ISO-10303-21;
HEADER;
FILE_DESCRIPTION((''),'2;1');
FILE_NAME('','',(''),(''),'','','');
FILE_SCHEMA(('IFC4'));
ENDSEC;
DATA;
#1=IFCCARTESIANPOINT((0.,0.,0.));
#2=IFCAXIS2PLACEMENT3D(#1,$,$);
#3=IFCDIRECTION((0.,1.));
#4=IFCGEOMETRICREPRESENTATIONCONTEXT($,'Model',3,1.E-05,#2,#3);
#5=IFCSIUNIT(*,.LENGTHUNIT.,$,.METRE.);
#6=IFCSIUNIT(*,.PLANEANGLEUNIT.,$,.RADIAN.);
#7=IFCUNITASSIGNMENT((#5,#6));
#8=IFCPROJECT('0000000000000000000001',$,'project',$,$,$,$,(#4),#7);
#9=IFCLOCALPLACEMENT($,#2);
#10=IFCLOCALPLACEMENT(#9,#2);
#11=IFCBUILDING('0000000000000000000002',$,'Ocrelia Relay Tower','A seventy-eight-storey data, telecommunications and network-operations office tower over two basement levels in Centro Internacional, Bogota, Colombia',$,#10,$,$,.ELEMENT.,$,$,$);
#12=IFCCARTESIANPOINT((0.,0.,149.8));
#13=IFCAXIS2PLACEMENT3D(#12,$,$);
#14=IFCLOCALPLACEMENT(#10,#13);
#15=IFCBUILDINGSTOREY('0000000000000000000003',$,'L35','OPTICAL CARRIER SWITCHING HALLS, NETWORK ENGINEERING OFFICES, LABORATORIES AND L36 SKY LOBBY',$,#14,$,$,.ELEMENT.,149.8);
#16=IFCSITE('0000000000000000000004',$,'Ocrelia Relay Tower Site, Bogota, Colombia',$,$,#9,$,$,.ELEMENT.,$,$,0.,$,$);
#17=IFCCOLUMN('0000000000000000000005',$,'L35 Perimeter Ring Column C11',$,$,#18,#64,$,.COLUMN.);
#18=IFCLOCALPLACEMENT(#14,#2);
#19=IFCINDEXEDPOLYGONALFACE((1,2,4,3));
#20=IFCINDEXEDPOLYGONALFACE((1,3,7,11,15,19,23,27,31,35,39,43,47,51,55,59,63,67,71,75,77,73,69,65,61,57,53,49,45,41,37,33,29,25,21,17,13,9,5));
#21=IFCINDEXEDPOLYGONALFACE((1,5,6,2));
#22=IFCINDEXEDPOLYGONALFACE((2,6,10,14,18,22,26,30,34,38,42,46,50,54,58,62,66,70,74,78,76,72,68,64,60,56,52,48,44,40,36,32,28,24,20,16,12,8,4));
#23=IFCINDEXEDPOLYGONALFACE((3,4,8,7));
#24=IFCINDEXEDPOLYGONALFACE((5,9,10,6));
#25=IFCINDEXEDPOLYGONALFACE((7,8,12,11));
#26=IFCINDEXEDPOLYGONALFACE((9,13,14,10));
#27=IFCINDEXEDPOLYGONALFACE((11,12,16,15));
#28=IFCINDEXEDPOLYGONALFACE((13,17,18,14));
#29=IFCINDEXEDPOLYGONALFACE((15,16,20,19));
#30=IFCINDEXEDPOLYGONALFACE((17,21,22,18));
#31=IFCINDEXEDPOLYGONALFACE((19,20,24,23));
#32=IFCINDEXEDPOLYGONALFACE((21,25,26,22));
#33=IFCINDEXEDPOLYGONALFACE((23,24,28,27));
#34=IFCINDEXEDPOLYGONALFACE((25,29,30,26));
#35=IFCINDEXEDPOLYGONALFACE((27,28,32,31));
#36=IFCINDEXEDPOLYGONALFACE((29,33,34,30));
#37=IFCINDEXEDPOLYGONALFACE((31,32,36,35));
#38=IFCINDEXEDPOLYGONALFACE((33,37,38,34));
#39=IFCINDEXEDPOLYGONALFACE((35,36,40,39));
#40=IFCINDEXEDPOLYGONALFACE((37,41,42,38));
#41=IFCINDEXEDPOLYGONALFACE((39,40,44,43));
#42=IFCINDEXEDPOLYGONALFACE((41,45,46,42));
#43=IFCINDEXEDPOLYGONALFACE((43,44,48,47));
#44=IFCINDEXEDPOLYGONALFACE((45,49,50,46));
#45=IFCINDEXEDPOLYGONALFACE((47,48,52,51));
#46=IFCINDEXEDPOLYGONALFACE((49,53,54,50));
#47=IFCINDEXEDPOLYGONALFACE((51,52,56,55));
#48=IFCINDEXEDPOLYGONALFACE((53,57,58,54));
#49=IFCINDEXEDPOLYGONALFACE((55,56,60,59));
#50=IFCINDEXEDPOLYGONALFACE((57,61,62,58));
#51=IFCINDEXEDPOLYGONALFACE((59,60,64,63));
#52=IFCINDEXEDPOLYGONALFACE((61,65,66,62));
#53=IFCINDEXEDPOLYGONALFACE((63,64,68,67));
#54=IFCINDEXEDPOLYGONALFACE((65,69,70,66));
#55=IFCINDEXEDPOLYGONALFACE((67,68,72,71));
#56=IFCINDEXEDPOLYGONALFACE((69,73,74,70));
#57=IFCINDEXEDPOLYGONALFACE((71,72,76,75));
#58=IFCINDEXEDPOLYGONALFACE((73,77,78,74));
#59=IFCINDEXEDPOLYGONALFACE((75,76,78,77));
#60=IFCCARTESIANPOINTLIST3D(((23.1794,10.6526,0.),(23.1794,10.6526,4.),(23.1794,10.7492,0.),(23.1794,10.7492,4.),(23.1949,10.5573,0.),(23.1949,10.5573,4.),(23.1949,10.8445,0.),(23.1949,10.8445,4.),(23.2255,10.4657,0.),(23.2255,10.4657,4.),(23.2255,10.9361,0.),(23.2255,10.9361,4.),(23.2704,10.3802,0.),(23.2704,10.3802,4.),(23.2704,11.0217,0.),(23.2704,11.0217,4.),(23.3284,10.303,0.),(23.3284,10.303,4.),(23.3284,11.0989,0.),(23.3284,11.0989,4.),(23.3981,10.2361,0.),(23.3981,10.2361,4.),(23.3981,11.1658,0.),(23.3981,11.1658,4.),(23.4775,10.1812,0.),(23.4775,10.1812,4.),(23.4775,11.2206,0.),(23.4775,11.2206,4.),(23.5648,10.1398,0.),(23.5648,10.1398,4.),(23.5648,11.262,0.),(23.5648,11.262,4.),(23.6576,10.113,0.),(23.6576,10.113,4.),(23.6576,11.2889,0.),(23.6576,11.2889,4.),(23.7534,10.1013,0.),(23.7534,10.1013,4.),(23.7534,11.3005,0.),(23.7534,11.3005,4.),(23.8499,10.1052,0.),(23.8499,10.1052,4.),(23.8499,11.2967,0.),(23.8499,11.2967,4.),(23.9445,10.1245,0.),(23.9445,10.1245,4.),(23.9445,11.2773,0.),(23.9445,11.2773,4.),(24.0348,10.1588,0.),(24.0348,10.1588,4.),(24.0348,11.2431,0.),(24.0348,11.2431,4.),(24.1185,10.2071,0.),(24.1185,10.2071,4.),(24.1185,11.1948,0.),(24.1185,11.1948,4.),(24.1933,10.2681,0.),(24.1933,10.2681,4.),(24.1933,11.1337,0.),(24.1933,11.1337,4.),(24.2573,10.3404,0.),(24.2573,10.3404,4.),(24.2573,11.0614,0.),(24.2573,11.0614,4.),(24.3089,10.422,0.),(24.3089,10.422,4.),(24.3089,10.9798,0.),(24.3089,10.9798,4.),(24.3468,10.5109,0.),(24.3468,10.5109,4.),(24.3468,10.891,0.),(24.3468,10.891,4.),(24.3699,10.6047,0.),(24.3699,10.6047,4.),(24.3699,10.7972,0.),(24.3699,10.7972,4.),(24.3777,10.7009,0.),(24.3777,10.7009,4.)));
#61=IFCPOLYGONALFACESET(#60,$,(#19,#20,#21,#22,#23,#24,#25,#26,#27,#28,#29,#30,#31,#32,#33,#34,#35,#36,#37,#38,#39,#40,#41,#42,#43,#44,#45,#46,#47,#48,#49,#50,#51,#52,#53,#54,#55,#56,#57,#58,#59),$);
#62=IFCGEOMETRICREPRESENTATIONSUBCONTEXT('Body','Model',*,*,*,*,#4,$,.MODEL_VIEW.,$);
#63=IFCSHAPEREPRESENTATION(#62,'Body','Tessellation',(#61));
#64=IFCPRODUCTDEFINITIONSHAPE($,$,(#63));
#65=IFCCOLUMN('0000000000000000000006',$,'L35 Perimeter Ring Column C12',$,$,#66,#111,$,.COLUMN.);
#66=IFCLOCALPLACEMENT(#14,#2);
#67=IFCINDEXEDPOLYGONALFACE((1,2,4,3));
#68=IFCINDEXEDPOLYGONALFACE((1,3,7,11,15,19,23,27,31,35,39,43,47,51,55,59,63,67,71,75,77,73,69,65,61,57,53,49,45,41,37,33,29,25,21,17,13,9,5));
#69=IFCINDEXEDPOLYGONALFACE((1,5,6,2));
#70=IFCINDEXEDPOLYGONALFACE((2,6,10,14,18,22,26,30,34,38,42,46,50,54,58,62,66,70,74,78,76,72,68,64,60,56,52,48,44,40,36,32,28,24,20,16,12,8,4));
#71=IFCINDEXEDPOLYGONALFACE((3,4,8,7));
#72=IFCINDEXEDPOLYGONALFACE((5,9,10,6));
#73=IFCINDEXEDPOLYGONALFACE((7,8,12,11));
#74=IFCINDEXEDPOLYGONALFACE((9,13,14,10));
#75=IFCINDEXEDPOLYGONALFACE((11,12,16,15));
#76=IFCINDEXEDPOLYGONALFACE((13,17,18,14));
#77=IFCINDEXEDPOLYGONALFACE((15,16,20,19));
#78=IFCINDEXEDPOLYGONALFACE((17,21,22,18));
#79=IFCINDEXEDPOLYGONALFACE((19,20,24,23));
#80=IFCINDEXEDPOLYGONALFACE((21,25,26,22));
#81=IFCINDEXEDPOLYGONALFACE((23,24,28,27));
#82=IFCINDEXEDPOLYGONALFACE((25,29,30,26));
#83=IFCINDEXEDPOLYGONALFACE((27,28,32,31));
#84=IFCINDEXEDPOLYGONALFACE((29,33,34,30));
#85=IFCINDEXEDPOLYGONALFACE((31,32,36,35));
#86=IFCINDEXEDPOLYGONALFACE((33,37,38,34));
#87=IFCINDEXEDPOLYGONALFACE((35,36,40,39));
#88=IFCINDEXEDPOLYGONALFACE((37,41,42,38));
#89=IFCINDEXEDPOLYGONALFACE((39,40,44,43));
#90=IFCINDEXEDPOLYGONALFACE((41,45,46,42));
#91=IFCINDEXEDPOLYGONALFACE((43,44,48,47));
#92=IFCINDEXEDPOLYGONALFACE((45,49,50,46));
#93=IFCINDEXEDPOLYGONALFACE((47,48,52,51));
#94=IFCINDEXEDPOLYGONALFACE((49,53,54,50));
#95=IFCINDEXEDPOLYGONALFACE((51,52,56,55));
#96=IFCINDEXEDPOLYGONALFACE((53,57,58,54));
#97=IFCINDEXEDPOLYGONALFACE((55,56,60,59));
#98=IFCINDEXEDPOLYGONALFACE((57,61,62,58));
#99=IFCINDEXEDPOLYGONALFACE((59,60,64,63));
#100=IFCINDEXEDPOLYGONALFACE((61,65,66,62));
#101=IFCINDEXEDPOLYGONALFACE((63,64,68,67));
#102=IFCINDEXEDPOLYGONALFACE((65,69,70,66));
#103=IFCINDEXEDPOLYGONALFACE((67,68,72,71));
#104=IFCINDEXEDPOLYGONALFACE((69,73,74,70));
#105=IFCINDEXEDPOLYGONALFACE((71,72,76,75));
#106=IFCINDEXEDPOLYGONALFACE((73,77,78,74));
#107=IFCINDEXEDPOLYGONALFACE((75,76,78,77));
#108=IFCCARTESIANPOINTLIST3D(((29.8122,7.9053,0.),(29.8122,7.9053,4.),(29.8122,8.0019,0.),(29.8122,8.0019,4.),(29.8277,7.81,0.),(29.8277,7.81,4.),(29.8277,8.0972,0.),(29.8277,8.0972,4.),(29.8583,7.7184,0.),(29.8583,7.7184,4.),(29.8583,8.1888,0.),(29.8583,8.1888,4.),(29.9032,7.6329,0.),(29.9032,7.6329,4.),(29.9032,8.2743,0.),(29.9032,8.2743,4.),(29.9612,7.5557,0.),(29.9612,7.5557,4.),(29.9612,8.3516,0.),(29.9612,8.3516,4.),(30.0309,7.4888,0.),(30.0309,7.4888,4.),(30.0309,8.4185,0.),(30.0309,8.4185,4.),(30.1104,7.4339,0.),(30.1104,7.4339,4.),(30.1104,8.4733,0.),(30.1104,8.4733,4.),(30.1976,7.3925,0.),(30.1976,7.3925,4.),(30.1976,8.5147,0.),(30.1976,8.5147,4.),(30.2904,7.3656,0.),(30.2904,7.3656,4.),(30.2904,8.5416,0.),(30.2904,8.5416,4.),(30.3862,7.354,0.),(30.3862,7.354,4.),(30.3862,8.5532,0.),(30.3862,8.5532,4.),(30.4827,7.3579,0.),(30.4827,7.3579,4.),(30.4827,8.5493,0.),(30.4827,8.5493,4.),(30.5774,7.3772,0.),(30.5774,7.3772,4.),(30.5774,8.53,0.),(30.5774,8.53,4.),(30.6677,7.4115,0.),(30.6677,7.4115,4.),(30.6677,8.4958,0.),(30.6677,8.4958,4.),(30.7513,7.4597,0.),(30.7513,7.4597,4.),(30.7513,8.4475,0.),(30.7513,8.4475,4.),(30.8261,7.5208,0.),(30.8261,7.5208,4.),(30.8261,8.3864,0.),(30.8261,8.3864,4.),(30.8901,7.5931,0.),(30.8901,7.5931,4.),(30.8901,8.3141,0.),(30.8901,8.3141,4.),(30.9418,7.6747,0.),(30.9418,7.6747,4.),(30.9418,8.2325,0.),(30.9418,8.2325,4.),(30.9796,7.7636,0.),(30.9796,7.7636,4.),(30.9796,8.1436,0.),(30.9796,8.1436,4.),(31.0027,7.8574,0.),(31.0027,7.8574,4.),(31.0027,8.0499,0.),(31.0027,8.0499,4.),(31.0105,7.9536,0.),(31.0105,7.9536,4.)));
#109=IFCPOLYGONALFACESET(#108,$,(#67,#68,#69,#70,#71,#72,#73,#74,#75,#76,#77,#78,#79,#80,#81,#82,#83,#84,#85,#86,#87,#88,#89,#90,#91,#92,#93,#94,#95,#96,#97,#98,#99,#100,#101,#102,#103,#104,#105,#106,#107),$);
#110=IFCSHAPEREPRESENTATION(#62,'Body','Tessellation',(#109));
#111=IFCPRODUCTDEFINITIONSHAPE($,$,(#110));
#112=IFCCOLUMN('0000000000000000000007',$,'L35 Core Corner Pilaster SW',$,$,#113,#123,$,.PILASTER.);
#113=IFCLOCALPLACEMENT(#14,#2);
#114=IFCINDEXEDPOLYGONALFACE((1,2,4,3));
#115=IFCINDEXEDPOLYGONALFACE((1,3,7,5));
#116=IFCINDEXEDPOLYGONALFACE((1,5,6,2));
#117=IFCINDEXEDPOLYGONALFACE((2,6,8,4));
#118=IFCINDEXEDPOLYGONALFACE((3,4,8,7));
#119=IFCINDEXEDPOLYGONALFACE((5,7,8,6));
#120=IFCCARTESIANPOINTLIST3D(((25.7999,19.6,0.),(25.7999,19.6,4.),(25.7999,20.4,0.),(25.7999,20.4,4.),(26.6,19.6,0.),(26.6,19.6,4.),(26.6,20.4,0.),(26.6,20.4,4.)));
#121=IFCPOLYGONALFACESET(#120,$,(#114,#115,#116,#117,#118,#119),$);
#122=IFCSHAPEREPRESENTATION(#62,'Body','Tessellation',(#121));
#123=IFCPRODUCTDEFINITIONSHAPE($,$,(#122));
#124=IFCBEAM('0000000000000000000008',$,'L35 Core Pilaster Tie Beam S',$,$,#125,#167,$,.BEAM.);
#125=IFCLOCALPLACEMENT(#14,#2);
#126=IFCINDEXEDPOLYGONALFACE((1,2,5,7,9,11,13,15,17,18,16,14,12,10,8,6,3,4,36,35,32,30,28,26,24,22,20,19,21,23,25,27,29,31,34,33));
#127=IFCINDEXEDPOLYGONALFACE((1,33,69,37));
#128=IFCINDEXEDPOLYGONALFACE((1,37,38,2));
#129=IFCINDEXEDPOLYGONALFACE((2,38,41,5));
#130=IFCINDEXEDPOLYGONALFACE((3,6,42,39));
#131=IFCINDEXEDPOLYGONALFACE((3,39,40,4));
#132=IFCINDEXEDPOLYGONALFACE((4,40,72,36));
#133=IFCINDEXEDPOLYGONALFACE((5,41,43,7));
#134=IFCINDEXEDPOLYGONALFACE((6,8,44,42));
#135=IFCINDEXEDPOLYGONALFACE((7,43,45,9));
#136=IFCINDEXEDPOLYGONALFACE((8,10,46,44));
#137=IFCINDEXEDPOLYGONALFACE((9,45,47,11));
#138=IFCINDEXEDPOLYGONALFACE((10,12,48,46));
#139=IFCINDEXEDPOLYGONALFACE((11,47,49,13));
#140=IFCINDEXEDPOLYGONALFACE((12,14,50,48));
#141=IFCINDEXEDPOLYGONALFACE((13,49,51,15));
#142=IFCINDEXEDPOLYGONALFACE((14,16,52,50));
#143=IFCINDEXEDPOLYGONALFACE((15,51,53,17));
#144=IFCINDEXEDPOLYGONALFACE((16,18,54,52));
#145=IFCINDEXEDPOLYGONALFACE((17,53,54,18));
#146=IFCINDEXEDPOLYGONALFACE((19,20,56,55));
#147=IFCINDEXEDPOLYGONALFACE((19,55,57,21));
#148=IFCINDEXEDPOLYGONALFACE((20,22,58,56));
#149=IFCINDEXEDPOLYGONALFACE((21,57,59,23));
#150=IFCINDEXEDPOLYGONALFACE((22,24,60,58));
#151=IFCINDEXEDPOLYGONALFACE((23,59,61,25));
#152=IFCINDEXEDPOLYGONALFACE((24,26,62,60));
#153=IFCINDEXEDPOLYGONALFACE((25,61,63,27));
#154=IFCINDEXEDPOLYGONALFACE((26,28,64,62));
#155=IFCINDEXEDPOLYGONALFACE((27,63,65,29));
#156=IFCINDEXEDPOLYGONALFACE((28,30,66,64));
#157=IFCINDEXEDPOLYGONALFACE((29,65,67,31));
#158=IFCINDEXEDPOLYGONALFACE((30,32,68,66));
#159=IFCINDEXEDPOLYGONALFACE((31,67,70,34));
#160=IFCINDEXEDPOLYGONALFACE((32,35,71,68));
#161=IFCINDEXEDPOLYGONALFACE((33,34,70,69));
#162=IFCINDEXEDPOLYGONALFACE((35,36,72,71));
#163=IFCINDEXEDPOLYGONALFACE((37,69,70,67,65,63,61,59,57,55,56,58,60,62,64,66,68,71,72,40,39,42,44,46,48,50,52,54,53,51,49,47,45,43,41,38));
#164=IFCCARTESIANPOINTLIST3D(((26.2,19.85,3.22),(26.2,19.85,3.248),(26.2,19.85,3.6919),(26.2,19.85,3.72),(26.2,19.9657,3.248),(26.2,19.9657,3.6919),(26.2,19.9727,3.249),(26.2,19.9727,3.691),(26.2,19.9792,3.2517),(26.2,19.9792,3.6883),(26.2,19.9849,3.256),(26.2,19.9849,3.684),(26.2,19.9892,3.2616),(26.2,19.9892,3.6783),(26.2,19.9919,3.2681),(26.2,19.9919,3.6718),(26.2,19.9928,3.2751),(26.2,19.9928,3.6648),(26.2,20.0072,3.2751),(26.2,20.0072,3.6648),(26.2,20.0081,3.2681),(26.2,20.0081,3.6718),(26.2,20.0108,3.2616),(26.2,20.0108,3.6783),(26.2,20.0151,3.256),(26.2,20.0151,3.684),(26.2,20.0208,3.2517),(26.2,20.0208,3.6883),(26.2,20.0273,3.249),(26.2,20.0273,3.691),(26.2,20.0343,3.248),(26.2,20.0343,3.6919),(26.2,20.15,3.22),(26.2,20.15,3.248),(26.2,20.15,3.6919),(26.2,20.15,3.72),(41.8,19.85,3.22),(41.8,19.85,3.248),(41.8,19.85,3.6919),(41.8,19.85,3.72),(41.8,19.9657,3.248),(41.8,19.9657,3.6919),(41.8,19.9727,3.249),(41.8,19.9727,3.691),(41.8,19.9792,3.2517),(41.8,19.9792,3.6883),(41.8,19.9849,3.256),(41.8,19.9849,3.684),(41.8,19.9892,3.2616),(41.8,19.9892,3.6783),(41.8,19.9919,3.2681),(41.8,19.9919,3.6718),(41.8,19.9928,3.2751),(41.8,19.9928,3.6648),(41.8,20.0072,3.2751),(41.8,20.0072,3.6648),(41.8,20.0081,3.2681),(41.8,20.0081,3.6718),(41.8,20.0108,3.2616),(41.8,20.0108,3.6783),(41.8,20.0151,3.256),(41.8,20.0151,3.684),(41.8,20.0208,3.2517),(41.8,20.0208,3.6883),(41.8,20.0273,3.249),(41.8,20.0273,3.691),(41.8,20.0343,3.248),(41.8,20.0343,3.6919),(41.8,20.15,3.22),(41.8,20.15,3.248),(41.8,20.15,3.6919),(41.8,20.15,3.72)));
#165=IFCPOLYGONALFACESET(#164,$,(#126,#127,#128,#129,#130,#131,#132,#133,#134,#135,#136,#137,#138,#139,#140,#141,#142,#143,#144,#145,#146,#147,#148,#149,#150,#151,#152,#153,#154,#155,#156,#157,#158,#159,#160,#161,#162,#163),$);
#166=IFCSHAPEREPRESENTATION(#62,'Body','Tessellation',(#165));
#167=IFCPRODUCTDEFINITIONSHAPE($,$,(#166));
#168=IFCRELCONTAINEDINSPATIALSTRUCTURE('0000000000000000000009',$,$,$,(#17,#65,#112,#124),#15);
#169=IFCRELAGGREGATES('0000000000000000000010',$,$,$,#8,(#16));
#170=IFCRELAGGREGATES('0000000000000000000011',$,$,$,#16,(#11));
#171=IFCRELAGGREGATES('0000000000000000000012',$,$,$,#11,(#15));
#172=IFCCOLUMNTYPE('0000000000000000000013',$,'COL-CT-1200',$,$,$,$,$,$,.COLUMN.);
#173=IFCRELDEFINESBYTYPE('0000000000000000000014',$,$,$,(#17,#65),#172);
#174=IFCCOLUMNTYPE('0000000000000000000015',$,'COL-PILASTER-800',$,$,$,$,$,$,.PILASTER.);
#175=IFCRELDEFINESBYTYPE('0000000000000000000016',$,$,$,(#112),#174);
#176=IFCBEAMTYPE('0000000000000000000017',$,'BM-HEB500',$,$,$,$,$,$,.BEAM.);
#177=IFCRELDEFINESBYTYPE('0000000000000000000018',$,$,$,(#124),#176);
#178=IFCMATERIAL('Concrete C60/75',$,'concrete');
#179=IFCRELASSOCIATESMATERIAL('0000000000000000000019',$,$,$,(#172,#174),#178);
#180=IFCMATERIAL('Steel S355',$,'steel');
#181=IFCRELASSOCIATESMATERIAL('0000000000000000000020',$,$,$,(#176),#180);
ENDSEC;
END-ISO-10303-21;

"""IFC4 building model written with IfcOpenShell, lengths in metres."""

from ifc_helpers import new_model, si_unit, direction, frame, origin, origin_2d, place, context, subcontext, project, spatial, rectangle, circle, i_section, extrude, material, material_profile, profile_set, type_object, element, save


model = new_model("IFC4")

# Units and contexts
model_context = context("Model", 3, precision=1e-05, world=origin(), true_north=direction((0.0, 1.0)))
body_context = subcontext(model_context, "Body", "Model", "MODEL_VIEW")
ifc_project = project(units=[si_unit("LENGTHUNIT", "METRE"), si_unit("PLANEANGLEUNIT", "RADIAN")], contexts=[model_context])

# Site, building, storey
site_placement = place(None, origin())
site = spatial("IfcSite", under=ifc_project, at=site_placement, Name="Ocrelia Relay Tower Site, Bogota, Colombia", CompositionType="ELEMENT", RefElevation=0.0)
building_placement = place(site_placement, origin())
building = spatial("IfcBuilding", under=site, at=building_placement, Name="Ocrelia Relay Tower", Description="A seventy-eight-storey data, telecommunications and network-operations office tower over two basement levels in Centro Internacional, Bogota, Colombia", CompositionType="ELEMENT")
storey_placement = place(building_placement, frame((0.0, 0.0, 149.8)))
storey = spatial("IfcBuildingStorey", under=building, at=storey_placement, Name="L35", Description="OPTICAL CARRIER SWITCHING HALLS, NETWORK ENGINEERING OFFICES, LABORATORIES AND L36 SKY LOBBY", CompositionType="ELEMENT", Elevation=149.8)

# Columns
ifc_material_1 = material(Name="Concrete C60/75", Category="concrete")
ifc_material_profile_1 = material_profile(ifc_material_1, circle(Radius=0.6001, at=origin_2d()), Name="RC-CIR-1200")
ifc_profile_set_1 = profile_set([ifc_material_profile_1], Name="Concrete C60/75")
column_type_1 = type_object("IfcColumnType", Name="COL-CT-1200", PredefinedType="COLUMN", material=ifc_profile_set_1)
for number, where, z_axis, x_axis, name in (
    (1, (23.7776, 10.7009, 0.0), (0.0, 0.0, 1.0), (1.0, 0.0, 0.0), "L35 Perimeter Ring Column C11"),
    (2, (30.4104, 7.9536, 0.0), (0.0, 0.0, 1.0), (1.0, 0.0, 0.0), "L35 Perimeter Ring Column C12"),
):
    element("IfcColumn", number, at=place(storey_placement, frame(where, z_axis=z_axis, x_axis=x_axis)), inside=storey, type_object=column_type_1, Name=name, PredefinedType="COLUMN", context=body_context, shape_type="SweptSolid", body=[
        extrude(circle(Radius=0.6001, at=origin_2d()), origin(), (0.0, 0.0, 1.0), 4.0),
    ])
ifc_material_profile_2 = material_profile(ifc_material_1, rectangle(XDim=0.8, YDim=0.8, at=origin_2d()), Name="RC-COL-800x800")
ifc_profile_set_2 = profile_set([ifc_material_profile_2], Name="Concrete C60/75")
column_type_2 = type_object("IfcColumnType", Name="COL-PILASTER-800", PredefinedType="PILASTER", material=ifc_profile_set_2)
column_placement = place(storey_placement, frame((26.2, 20.0, 0.0), z_axis=(0.0, 0.0, 1.0), x_axis=(1.0, 0.0, 0.0)))
element("IfcColumn", 3, at=column_placement, inside=storey, type_object=column_type_2, Name="L35 Core Corner Pilaster SW", PredefinedType="PILASTER", context=body_context, shape_type="SweptSolid", body=[
    extrude(rectangle(XDim=0.8, YDim=0.8, at=origin_2d()), origin(), (0.0, 0.0, 1.0), 4.0),
])

# Beam
ifc_material_2 = material(Name="Steel S355", Category="steel")
ifc_material_profile_3 = material_profile(ifc_material_2, i_section(OverallWidth=0.3, OverallDepth=0.5, WebThickness=0.0144, FlangeThickness=0.0281, FilletRadius=0.0271, at=origin_2d()), Name="HEB 500")
ifc_profile_set_3 = profile_set([ifc_material_profile_3], Name="Steel S355")
beam_type_1 = type_object("IfcBeamType", Name="BM-HEB500", PredefinedType="BEAM", material=ifc_profile_set_3)
beam_1_placement = place(storey_placement, frame((26.2, 20.0, 3.47), z_axis=(1.0, 0.0, 0.0), x_axis=(0.0, 1.0, 0.0)))
element("IfcBeam", 4, at=beam_1_placement, inside=storey, type_object=beam_type_1, Name="L35 Core Pilaster Tie Beam S", PredefinedType="BEAM", context=body_context, shape_type="SweptSolid", body=[
    extrude(i_section(OverallWidth=0.3, OverallDepth=0.5, WebThickness=0.0144, FlangeThickness=0.0281, FilletRadius=0.0271, at=origin_2d()), origin(), (0.0, 0.0, 1.0), 15.6001),
])

save(model, "model.ifc")
